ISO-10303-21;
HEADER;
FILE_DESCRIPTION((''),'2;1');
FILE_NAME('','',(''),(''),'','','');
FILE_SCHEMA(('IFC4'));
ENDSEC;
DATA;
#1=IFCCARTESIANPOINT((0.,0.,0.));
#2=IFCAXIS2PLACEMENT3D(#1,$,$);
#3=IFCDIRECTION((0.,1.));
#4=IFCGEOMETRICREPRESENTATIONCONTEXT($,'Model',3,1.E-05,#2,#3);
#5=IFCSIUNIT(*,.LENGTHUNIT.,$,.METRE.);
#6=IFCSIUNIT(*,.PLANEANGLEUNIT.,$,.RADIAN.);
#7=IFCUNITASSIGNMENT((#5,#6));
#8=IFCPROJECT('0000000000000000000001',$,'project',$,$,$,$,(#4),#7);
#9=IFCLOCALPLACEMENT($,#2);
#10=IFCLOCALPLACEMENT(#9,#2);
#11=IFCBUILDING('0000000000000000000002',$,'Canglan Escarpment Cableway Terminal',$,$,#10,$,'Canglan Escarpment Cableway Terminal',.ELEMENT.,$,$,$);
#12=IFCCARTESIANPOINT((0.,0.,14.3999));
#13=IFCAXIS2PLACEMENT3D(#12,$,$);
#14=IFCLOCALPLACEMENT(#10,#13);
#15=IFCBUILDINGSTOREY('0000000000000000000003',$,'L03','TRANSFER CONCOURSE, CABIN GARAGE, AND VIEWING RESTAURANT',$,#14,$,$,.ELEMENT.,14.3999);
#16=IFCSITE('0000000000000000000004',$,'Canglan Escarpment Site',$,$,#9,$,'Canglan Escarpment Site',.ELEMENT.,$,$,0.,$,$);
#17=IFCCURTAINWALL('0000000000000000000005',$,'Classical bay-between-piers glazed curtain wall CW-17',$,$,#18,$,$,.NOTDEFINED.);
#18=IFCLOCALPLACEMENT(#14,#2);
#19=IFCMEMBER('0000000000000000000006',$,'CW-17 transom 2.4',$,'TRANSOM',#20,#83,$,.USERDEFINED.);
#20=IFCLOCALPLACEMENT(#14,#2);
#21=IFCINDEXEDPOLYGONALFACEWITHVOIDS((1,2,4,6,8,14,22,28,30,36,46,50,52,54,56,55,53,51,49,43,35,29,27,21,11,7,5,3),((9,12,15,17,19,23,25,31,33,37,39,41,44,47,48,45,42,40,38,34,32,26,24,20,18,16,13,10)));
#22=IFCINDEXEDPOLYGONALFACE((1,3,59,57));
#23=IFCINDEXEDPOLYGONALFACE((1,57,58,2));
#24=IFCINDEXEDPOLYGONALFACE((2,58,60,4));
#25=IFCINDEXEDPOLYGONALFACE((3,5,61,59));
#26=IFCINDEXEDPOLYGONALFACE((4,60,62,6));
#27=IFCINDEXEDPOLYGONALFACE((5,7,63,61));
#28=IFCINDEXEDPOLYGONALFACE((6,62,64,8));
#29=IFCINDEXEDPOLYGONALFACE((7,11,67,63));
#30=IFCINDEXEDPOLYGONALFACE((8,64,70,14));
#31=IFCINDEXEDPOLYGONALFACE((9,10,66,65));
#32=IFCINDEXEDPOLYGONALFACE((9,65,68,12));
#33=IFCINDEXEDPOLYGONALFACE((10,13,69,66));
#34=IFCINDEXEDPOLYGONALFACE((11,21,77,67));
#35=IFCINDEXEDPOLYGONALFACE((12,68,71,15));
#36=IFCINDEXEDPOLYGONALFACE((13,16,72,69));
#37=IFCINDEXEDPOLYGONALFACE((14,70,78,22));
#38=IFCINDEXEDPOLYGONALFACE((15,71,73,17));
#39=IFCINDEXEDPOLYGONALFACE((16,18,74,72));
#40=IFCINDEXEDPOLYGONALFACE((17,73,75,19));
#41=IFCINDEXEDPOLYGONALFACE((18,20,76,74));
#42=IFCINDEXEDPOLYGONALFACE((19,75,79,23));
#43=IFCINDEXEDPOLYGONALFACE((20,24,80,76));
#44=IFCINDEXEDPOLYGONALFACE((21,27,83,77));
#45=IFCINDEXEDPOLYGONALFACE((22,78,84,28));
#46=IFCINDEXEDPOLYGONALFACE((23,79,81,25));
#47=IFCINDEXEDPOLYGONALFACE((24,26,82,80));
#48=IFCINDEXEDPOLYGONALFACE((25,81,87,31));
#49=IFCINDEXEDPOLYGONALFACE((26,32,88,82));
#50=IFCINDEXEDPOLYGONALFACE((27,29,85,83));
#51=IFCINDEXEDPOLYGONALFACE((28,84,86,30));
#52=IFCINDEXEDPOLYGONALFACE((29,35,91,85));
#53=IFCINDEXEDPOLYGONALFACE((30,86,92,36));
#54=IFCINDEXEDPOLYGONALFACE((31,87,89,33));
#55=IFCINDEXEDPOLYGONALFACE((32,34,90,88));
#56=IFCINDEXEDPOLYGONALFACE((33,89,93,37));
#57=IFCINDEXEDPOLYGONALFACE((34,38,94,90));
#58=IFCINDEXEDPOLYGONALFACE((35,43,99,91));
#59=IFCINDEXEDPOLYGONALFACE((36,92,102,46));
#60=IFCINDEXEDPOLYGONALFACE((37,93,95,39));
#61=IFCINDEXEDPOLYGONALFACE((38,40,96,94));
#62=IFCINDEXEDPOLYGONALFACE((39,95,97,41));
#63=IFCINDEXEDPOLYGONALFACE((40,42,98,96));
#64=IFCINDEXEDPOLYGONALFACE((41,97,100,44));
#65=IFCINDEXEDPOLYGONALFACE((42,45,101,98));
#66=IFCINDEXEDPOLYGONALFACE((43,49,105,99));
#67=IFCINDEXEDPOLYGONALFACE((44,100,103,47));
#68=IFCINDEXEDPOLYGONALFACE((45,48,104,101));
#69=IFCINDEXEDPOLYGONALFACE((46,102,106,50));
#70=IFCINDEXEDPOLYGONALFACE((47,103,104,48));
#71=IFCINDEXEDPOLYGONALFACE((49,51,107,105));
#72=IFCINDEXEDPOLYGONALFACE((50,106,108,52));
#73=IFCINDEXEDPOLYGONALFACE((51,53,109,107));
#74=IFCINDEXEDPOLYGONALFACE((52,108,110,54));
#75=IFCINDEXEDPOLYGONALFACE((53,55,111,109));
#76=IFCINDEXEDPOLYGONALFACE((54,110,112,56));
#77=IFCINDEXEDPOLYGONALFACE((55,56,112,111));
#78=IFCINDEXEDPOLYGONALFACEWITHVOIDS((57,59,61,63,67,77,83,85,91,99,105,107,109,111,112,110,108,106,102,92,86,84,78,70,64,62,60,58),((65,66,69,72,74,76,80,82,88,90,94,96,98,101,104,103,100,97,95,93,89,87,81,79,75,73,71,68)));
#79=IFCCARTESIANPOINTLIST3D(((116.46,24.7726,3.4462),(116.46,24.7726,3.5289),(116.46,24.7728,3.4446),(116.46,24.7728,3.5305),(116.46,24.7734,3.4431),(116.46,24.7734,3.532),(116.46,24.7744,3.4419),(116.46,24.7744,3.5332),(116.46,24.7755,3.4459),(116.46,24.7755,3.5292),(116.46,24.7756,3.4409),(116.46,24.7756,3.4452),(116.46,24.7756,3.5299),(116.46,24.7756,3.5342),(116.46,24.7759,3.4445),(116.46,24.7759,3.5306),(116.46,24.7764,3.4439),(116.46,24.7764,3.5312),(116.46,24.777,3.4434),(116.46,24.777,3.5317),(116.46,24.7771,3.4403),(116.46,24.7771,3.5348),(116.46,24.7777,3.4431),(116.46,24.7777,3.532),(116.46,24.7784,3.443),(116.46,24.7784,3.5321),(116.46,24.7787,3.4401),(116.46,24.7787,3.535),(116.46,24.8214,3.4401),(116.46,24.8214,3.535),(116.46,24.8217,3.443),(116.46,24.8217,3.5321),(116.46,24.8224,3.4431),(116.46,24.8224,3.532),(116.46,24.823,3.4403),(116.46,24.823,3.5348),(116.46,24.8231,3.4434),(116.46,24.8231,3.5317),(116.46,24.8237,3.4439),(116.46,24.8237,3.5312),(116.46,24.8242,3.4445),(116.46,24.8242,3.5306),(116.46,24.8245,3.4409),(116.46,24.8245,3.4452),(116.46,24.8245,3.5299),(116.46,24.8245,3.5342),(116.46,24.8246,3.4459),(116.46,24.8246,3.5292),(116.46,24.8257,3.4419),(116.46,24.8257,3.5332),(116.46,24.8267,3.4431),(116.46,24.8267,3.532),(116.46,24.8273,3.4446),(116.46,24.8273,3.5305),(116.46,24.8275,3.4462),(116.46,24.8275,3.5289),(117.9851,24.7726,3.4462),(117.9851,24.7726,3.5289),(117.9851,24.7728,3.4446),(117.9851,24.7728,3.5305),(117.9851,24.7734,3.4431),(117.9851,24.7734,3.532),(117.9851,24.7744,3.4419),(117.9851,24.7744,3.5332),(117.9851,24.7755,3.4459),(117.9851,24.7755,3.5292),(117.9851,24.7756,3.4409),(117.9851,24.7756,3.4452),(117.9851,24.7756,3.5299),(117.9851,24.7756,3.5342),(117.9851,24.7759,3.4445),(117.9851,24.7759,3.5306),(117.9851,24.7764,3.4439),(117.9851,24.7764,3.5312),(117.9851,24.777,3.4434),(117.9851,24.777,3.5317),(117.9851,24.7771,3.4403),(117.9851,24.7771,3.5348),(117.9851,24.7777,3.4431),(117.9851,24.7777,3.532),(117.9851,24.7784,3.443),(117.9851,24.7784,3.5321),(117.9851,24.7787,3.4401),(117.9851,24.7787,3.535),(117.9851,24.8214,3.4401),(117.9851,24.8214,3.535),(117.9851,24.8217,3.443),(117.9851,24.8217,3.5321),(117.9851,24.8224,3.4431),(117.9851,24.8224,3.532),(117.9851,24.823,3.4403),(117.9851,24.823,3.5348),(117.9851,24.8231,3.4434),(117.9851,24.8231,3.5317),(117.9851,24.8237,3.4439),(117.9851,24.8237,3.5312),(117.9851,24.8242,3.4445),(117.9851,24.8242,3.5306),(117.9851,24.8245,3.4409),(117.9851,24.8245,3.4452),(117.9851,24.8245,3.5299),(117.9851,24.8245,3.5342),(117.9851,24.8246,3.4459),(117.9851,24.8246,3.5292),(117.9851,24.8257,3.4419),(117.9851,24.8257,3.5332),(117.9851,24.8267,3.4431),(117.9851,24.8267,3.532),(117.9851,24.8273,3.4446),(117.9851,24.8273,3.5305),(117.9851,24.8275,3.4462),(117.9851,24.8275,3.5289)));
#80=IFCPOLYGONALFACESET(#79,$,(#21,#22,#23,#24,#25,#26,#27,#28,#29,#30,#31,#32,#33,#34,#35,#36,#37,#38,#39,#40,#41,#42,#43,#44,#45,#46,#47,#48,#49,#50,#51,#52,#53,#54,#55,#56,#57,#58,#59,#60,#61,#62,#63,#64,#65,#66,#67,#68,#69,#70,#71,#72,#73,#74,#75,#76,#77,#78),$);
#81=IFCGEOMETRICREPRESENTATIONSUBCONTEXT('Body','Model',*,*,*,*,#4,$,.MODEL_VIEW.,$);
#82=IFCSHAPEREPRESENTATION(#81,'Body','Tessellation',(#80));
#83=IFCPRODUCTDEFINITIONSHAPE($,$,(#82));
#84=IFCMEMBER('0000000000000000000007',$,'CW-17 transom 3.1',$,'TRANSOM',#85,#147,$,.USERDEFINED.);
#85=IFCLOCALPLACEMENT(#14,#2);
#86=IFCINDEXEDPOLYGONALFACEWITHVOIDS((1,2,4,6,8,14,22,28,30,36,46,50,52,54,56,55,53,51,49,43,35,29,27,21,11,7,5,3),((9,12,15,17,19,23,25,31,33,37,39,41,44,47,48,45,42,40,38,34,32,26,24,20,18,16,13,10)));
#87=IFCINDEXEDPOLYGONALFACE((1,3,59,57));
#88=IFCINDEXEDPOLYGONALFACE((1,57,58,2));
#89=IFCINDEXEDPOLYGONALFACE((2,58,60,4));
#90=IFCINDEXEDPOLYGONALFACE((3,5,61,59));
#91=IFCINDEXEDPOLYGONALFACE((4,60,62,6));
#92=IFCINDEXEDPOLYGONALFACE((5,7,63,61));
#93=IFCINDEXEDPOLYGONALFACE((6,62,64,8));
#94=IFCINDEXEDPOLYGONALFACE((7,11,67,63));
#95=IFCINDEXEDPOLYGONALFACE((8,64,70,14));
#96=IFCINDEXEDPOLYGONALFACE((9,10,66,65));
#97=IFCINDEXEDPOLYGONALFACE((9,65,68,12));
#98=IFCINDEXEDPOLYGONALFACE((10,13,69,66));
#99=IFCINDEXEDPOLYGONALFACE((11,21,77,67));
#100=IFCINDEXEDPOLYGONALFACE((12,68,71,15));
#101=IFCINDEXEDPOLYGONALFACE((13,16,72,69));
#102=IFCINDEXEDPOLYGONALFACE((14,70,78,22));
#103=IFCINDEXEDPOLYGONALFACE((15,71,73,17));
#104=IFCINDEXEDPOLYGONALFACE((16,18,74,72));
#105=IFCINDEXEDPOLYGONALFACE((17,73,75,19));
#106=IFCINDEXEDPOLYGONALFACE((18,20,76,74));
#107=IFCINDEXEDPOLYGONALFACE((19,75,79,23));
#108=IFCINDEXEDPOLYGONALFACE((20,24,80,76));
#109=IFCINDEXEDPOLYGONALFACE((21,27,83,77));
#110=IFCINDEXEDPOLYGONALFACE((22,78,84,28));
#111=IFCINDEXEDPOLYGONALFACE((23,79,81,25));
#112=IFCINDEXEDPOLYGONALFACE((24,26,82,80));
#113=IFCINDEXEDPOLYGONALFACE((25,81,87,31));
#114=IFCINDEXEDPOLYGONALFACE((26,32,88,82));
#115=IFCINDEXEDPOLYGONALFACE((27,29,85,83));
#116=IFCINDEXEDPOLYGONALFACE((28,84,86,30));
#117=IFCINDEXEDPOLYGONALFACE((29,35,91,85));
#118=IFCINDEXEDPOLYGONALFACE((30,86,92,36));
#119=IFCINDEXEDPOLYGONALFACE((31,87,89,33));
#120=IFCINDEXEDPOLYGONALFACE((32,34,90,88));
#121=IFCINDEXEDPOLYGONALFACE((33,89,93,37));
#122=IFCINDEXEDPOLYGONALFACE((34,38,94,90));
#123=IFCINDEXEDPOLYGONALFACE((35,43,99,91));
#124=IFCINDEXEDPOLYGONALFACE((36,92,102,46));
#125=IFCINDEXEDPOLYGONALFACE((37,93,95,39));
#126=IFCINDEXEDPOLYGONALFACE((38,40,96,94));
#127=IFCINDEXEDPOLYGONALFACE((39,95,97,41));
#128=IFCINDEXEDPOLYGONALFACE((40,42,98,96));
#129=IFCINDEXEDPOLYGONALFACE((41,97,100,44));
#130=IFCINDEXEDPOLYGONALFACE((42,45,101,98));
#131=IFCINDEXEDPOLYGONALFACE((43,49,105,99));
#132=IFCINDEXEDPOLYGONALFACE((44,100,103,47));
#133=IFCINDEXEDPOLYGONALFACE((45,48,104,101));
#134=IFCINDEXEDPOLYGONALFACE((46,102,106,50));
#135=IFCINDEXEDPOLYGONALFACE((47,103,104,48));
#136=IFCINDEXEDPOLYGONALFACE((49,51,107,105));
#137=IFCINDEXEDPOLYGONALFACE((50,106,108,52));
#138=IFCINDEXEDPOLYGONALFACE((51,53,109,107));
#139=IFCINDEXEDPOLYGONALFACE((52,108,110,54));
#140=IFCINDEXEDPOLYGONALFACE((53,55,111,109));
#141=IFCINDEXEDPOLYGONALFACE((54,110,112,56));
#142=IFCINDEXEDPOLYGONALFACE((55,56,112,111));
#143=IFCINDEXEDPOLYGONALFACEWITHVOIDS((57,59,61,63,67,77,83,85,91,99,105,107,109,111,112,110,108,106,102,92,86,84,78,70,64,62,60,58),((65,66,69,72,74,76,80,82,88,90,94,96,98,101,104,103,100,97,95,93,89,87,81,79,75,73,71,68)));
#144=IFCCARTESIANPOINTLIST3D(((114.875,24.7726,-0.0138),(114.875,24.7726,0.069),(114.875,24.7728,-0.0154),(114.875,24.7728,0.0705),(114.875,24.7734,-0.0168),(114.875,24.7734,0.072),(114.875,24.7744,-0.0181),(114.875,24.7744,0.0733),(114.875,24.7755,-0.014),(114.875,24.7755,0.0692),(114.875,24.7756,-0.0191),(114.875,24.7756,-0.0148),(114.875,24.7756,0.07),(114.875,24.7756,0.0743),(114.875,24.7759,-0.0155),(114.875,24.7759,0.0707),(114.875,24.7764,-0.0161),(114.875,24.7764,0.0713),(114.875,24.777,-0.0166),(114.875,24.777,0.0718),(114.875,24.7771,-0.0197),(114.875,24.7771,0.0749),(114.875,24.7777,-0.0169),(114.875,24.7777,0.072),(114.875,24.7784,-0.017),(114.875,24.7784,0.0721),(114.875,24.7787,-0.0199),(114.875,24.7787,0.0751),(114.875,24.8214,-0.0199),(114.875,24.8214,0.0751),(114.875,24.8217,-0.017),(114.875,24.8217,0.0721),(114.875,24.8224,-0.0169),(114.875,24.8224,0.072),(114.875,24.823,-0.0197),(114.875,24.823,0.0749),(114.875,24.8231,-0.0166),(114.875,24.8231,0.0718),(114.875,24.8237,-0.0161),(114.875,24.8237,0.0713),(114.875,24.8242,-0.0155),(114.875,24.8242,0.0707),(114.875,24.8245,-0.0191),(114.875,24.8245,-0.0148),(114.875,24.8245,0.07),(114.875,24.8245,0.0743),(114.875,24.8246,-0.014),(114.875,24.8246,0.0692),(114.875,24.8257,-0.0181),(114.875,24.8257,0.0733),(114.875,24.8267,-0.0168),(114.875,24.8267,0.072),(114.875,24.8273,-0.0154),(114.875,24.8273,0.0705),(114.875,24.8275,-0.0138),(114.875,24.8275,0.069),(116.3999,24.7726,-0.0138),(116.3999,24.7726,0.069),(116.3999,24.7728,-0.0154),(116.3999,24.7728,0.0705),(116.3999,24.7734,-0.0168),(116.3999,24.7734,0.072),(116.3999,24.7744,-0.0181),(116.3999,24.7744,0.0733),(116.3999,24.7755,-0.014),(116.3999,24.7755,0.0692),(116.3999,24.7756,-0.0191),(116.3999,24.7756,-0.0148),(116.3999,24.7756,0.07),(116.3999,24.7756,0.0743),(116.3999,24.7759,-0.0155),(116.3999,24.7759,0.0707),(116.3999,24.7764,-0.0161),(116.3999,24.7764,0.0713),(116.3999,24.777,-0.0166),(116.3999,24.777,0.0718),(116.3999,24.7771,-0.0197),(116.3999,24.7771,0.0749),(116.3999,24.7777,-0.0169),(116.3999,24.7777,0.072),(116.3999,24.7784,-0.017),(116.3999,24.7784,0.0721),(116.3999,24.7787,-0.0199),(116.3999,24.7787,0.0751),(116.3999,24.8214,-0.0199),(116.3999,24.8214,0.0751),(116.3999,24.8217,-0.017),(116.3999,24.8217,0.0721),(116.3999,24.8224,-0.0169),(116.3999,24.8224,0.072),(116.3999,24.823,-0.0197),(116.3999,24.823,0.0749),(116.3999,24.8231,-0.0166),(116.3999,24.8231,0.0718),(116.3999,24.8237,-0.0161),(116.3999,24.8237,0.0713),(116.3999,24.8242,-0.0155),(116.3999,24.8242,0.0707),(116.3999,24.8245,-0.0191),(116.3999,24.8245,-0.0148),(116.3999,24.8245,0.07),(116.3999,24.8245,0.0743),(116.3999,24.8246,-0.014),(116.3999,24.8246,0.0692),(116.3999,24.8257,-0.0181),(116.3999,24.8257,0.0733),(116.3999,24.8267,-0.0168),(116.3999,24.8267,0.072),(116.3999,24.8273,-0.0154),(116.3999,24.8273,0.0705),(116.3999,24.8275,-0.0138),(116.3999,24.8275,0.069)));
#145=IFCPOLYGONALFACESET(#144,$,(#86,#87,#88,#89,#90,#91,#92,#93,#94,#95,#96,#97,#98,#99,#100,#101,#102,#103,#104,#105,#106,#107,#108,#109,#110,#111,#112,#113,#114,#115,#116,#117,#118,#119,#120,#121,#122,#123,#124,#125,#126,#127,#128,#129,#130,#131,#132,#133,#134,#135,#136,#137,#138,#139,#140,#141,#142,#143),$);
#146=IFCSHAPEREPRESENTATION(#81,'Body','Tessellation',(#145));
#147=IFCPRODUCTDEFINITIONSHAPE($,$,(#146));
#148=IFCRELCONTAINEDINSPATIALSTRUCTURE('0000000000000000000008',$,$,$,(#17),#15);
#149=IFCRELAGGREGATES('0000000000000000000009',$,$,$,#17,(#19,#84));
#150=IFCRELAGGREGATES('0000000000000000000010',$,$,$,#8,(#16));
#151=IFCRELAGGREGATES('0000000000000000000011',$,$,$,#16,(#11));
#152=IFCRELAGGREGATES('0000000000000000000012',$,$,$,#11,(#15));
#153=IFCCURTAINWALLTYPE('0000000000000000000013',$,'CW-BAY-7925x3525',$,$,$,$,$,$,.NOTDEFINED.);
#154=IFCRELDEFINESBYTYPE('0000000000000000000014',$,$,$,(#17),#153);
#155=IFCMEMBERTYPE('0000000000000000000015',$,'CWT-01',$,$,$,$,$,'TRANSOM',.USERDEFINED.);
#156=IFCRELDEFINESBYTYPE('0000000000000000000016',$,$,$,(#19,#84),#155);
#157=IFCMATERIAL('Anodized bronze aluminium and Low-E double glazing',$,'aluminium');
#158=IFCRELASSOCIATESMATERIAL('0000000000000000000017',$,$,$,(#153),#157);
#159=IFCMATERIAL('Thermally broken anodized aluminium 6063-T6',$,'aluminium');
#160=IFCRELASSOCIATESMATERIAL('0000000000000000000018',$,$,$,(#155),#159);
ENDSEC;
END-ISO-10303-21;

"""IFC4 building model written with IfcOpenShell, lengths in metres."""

from ifc_helpers import new_model, si_unit, direction, frame, origin, origin_2d, place, context, subcontext, project, spatial, hollow_rectangle, extrude, material, material_profile, profile_set, type_object, element, aggregate, save


model = new_model("IFC4")

# Units and contexts
model_context = context("Model", 3, precision=1e-05, world=origin(), true_north=direction((0.0, 1.0)))
body_context = subcontext(model_context, "Body", "Model", "MODEL_VIEW")
ifc_project = project(units=[si_unit("LENGTHUNIT", "METRE"), si_unit("PLANEANGLEUNIT", "RADIAN")], contexts=[model_context])

# Site, building, storey
site_placement = place(None, origin())
site = spatial("IfcSite", under=ifc_project, at=site_placement, Name="Canglan Escarpment Site", LongName="Canglan Escarpment Site", CompositionType="ELEMENT", RefElevation=0.0)
building_placement = place(site_placement, origin())
building = spatial("IfcBuilding", under=site, at=building_placement, Name="Canglan Escarpment Cableway Terminal", LongName="Canglan Escarpment Cableway Terminal", CompositionType="ELEMENT")
storey_placement = place(building_placement, frame((0.0, 0.0, 14.3999)))
storey = spatial("IfcBuildingStorey", under=building, at=storey_placement, Name="L03", Description="TRANSFER CONCOURSE, CABIN GARAGE, AND VIEWING RESTAURANT", CompositionType="ELEMENT", Elevation=14.3999)

# Curtain wall, members
ifc_material_1 = material(Name="Anodized bronze aluminium and Low-E double glazing", Category="aluminium")
curtain_wall_type = type_object("IfcCurtainWallType", Name="CW-BAY-7925x3525", PredefinedType="NOTDEFINED", material=ifc_material_1)
curtain_wall_placement = place(storey_placement, origin())
curtain_wall = element("IfcCurtainWall", 1, at=curtain_wall_placement, inside=storey, type_object=curtain_wall_type, Name="Classical bay-between-piers glazed curtain wall CW-17", PredefinedType="NOTDEFINED")
ifc_material_2 = material(Name="Thermally broken anodized aluminium 6063-T6", Category="aluminium")
ifc_material_profile_1 = material_profile(ifc_material_2, hollow_rectangle(XDim=0.0549, YDim=0.095, WallThickness=0.0029, InnerFilletRadius=0.0029, OuterFilletRadius=0.0061, at=origin_2d()), Name="ALU-TRAN 55x95x3")
ifc_profile_set_1 = profile_set([ifc_material_profile_1], Name="Thermally broken anodized aluminium 6063-T6")
member_type_1 = type_object("IfcMemberType", Name="CWT-01", ElementType="TRANSOM", PredefinedType="USERDEFINED", material=ifc_profile_set_1)
member_1_placement = place(storey_placement, frame((117.9851, 24.8, 3.4875), z_axis=(-1.0, 0.0, 0.0), x_axis=(0.0, -1.0, 0.0)))
member_1 = element("IfcMember", 2, at=member_1_placement, type_object=member_type_1, Name="CW-17 transom 2.4", ObjectType="TRANSOM", PredefinedType="USERDEFINED", context=body_context, shape_type="SweptSolid", body=[
    extrude(hollow_rectangle(XDim=0.0549, YDim=0.095, WallThickness=0.0029, InnerFilletRadius=0.0029, OuterFilletRadius=0.0061, at=origin_2d()), origin(), (0.0, 0.0, 1.0), 1.5251),
])
member_2_placement = place(storey_placement, frame((116.3999, 24.8, 0.0276), z_axis=(-1.0, 0.0, 0.0), x_axis=(0.0, -1.0, 0.0)))
member_2 = element("IfcMember", 3, at=member_2_placement, type_object=member_type_1, Name="CW-17 transom 3.1", ObjectType="TRANSOM", PredefinedType="USERDEFINED", context=body_context, shape_type="SweptSolid", body=[
    extrude(hollow_rectangle(XDim=0.0549, YDim=0.095, WallThickness=0.0029, InnerFilletRadius=0.0029, OuterFilletRadius=0.0061, at=origin_2d()), origin(), (0.0, 0.0, 1.0), 1.5249),
])
aggregate(curtain_wall, [member_1, member_2])

save(model, "model.ifc")
